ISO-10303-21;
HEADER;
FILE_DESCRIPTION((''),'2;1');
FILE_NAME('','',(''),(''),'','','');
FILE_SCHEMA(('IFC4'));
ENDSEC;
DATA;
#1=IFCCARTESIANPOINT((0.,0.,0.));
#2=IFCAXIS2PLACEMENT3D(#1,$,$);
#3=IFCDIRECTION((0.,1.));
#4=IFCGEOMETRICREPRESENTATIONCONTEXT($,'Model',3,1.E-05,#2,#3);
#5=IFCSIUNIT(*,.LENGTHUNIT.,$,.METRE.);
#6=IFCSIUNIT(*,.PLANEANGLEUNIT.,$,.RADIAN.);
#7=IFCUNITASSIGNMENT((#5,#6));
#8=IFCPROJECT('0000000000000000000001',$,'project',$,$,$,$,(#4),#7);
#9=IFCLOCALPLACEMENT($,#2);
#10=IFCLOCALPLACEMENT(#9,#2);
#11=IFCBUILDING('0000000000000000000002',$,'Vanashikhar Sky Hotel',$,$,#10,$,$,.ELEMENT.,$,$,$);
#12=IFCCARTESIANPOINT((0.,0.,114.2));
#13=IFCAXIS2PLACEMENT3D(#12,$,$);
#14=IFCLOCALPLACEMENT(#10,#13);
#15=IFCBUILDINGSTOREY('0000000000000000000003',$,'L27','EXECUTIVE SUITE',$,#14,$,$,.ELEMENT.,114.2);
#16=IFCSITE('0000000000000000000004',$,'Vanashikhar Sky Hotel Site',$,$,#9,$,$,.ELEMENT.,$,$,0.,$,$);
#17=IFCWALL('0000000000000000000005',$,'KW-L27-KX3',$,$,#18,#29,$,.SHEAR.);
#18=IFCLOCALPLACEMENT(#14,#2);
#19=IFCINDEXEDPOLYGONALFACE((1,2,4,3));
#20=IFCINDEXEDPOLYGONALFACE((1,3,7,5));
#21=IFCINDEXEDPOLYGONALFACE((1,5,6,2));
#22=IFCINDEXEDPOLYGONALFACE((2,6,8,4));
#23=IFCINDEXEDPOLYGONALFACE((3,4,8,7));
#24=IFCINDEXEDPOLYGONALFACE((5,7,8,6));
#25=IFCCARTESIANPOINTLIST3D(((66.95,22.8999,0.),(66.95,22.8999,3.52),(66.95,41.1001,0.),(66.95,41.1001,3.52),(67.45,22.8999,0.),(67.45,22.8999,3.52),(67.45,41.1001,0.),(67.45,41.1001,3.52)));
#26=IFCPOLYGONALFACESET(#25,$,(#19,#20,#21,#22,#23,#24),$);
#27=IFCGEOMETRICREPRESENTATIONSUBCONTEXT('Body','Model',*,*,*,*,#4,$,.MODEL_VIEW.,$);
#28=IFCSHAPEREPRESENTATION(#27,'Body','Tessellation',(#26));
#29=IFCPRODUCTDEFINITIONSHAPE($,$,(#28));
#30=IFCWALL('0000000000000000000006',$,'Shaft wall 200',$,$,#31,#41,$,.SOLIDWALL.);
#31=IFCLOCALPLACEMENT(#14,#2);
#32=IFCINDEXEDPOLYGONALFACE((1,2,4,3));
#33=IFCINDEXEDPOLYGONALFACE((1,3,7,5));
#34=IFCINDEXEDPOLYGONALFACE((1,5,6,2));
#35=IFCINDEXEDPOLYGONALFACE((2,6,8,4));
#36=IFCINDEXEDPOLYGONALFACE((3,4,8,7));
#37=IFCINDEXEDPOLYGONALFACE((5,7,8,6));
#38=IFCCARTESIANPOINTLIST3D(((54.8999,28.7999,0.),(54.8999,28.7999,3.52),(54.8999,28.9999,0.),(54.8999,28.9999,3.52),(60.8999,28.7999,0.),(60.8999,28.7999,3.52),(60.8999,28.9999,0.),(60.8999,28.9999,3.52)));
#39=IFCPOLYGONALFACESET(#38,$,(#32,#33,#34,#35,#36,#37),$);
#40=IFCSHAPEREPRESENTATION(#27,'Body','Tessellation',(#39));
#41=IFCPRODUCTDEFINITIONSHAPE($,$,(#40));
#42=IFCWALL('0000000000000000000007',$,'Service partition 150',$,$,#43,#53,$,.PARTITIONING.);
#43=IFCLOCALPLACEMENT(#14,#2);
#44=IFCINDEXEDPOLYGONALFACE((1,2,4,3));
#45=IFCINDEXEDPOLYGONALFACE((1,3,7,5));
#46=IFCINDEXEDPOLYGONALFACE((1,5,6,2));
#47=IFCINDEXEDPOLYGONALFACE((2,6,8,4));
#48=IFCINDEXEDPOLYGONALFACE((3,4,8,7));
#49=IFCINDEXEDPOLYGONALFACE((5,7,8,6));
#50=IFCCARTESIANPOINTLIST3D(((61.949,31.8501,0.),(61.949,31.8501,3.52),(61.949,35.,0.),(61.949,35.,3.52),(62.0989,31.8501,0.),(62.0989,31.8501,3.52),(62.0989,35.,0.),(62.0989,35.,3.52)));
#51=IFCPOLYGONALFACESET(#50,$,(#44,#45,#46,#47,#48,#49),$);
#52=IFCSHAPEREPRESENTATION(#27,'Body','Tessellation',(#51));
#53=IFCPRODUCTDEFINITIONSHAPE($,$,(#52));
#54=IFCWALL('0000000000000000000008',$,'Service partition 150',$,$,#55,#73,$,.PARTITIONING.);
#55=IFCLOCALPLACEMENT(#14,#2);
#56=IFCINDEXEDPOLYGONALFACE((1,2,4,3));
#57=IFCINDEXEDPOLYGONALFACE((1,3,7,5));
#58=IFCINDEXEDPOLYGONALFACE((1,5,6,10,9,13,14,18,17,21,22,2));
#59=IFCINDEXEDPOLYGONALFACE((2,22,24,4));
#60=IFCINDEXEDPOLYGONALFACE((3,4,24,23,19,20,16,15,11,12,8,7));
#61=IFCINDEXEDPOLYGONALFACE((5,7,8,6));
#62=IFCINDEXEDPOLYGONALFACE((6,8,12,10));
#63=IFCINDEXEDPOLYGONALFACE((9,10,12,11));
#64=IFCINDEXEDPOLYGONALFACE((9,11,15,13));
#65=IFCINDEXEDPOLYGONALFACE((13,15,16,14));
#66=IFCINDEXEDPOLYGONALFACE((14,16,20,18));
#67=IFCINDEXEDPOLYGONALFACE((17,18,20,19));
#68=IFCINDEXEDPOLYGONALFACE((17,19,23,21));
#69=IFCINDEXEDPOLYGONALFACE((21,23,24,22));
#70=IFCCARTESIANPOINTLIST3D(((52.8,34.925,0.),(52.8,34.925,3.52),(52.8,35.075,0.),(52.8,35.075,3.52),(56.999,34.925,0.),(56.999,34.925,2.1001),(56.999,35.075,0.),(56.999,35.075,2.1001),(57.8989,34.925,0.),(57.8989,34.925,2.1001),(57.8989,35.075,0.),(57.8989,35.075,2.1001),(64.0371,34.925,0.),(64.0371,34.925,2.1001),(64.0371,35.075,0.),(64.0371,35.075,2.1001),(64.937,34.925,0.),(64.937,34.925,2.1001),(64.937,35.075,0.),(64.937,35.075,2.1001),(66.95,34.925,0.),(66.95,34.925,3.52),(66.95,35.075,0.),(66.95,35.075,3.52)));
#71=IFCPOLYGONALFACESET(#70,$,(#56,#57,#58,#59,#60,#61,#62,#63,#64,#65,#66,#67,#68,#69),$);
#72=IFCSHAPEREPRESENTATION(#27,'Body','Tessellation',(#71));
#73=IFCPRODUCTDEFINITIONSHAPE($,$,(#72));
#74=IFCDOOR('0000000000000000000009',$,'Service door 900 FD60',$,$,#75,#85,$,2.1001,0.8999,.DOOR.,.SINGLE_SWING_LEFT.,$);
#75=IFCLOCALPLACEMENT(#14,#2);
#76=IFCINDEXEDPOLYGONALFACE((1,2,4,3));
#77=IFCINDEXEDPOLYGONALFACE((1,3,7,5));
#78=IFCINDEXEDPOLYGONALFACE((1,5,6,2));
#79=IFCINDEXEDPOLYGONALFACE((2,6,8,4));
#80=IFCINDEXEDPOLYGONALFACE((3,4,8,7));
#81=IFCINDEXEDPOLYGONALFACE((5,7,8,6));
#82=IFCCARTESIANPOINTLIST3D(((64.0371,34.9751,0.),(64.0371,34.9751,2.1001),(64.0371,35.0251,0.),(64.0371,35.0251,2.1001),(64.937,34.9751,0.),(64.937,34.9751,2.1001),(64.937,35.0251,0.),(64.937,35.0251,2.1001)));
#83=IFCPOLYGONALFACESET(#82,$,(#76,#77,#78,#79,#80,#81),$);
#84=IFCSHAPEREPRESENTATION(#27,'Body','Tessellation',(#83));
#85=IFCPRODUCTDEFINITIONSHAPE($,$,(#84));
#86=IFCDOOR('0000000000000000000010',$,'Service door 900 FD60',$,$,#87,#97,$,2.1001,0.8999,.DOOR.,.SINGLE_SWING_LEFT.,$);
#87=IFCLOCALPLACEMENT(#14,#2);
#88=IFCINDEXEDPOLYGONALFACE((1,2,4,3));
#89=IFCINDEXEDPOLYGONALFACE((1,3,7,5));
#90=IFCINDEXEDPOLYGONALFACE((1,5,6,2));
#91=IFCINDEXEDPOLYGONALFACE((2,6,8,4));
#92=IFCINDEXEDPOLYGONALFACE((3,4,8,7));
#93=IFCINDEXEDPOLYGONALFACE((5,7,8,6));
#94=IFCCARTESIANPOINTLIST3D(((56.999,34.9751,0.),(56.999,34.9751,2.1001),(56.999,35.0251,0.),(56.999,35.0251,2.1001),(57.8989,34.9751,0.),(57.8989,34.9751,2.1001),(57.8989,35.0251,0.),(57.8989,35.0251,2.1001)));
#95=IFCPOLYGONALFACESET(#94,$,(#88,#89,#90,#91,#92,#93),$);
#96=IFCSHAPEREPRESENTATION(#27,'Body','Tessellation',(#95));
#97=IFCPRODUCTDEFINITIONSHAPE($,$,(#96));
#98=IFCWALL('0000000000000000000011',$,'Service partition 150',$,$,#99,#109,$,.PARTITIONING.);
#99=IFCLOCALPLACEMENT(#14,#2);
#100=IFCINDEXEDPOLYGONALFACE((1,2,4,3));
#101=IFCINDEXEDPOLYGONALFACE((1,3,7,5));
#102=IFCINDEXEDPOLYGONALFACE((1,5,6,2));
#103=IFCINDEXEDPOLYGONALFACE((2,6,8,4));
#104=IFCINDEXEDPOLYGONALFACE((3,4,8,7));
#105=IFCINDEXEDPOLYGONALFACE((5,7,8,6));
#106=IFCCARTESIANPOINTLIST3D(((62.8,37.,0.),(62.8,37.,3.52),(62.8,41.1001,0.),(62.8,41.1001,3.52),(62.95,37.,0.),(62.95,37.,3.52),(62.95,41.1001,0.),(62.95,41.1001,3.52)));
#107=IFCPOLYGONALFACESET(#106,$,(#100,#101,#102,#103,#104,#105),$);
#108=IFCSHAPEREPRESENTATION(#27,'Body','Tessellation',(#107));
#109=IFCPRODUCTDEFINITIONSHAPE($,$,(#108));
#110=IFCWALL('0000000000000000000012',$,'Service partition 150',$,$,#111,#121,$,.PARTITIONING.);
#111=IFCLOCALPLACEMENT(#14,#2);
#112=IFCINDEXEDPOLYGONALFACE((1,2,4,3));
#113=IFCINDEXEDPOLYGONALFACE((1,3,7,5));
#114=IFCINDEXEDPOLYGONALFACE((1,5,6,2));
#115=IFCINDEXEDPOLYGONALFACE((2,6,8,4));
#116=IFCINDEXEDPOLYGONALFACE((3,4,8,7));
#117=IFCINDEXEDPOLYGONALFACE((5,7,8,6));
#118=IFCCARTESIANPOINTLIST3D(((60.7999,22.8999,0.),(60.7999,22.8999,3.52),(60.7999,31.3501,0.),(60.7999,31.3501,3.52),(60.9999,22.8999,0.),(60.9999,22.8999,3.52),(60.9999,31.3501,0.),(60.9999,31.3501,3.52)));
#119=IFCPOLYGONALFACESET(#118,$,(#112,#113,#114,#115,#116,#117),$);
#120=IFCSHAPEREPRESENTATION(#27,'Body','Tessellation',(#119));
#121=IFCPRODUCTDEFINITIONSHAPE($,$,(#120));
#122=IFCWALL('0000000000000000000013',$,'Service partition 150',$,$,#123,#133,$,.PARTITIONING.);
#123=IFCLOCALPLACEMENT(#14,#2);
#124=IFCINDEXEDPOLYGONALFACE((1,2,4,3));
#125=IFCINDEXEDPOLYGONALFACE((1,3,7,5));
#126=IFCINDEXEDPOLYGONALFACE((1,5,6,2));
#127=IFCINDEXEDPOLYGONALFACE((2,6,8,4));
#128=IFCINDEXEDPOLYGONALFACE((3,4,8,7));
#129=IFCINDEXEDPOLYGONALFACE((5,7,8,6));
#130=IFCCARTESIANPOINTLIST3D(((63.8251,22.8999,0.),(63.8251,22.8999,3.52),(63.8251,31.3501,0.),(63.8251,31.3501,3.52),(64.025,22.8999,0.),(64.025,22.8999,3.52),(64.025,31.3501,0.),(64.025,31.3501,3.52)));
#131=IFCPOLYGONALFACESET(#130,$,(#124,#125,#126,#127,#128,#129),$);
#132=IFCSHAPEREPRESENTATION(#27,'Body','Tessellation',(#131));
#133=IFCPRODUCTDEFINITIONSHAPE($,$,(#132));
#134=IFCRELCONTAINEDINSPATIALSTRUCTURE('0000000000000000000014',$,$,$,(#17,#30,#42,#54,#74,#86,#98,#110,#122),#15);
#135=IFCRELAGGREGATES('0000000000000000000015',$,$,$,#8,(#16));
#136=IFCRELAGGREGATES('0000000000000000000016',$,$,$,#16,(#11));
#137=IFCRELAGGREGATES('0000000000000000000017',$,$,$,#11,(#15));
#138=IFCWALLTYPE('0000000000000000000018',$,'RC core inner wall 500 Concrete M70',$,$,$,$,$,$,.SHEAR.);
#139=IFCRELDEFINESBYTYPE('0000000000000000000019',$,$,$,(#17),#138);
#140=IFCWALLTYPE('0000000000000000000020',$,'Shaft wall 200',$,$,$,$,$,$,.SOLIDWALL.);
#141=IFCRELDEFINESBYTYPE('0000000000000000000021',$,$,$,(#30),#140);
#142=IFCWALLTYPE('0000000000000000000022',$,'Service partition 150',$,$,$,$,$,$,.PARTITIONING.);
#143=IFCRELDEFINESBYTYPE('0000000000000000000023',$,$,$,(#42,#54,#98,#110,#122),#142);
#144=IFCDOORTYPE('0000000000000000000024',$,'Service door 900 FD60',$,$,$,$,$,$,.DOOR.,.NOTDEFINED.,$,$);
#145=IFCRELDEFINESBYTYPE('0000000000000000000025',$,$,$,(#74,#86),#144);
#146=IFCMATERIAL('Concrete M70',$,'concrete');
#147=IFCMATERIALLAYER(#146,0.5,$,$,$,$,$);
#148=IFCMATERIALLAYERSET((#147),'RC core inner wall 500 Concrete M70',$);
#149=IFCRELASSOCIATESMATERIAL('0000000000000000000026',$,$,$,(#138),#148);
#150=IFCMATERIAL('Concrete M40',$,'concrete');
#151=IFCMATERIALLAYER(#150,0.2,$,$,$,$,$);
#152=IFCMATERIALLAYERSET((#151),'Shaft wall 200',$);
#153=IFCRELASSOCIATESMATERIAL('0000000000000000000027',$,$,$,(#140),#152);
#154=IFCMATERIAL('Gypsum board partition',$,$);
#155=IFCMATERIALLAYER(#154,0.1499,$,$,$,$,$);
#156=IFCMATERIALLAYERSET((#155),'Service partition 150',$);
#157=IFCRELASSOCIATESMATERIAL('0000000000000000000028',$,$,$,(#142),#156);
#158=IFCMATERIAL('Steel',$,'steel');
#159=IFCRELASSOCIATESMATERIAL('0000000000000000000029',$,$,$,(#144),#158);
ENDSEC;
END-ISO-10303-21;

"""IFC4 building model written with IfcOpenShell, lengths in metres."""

from ifc_helpers import new_model, si_unit, direction, frame, frame_2d, origin, place, context, subcontext, project, spatial, rectangle, extrude, source, transform, mapped, material, layer, layer_set, type_object, element, fill, save


model = new_model("IFC4")

# Units and contexts
model_context = context("Model", 3, precision=1e-05, world=origin(), true_north=direction((0.0, 1.0)))
body_context = subcontext(model_context, "Body", "Model", "MODEL_VIEW")
ifc_project = project(units=[si_unit("LENGTHUNIT", "METRE"), si_unit("PLANEANGLEUNIT", "RADIAN")], contexts=[model_context])

# Site, building, storey
site_placement = place(None, origin())
site = spatial("IfcSite", under=ifc_project, at=site_placement, Name="Vanashikhar Sky Hotel Site", CompositionType="ELEMENT", RefElevation=0.0)
building_placement = place(site_placement, origin())
building = spatial("IfcBuilding", under=site, at=building_placement, Name="Vanashikhar Sky Hotel", CompositionType="ELEMENT")
storey_placement = place(building_placement, frame((0.0, 0.0, 114.2)))
storey = spatial("IfcBuildingStorey", under=building, at=storey_placement, Name="L27", Description="EXECUTIVE SUITE", CompositionType="ELEMENT", Elevation=114.2)

# Walls
ifc_material_1 = material(Name="Concrete M70", Category="concrete")
ifc_layer_1 = layer(ifc_material_1, 0.5)
ifc_layer_set_1 = layer_set([ifc_layer_1], Name="RC core inner wall 500 Concrete M70")
wall_type_1 = type_object("IfcWallType", Name="RC core inner wall 500 Concrete M70", PredefinedType="SHEAR", material=ifc_layer_set_1)
shared_shape_1 = source(origin(), body_context, "Body", "SweptSolid", [
    extrude(rectangle(XDim=18.2002, YDim=0.5, at=frame_2d((9.1001, 0.0))), origin(), (0.0, 0.0, 1.0), 3.52),
])
wall_1_placement = place(storey_placement, frame((67.2, 22.8999, 0.0), z_axis=(0.0, 0.0, 1.0), x_axis=(0.0, 1.0, 0.0)))
element("IfcWall", 1, at=wall_1_placement, inside=storey, type_object=wall_type_1, Name="KW-L27-KX3", PredefinedType="SHEAR", context=body_context, shape_type="MappedRepresentation", body=[
    mapped(shared_shape_1, transform((0.0, 0.0, 0.0), scale=1.0)),
])
ifc_material_2 = material(Name="Concrete M40", Category="concrete")
ifc_layer_2 = layer(ifc_material_2, 0.2)
ifc_layer_set_2 = layer_set([ifc_layer_2], Name="Shaft wall 200")
wall_type_2 = type_object("IfcWallType", Name="Shaft wall 200", PredefinedType="SOLIDWALL", material=ifc_layer_set_2)
shared_shape_2 = source(origin(), body_context, "Body", "SweptSolid", [
    extrude(rectangle(XDim=6.0, YDim=0.2, at=frame_2d((3.0, 0.0))), origin(), (0.0, 0.0, 1.0), 3.52),
])
wall_2_placement = place(storey_placement, frame((60.8999, 28.8999, 0.0), z_axis=(0.0, 0.0, 1.0), x_axis=(-1.0, 0.0, 0.0)))
element("IfcWall", 2, at=wall_2_placement, inside=storey, type_object=wall_type_2, Name="Shaft wall 200", PredefinedType="SOLIDWALL", context=body_context, shape_type="MappedRepresentation", body=[
    mapped(shared_shape_2, transform((0.0, 0.0, 0.0), scale=1.0)),
])
ifc_material_3 = material(Name="Gypsum board partition")
ifc_layer_3 = layer(ifc_material_3, 0.1499)
ifc_layer_set_3 = layer_set([ifc_layer_3], Name="Service partition 150")
wall_type_3 = type_object("IfcWallType", Name="Service partition 150", PredefinedType="PARTITIONING", material=ifc_layer_set_3)
shared_shape_3 = source(origin(), body_context, "Body", "SweptSolid", [
    extrude(rectangle(XDim=3.1499, YDim=0.1499, at=frame_2d((1.575, 0.0))), origin(), (0.0, 0.0, 1.0), 3.52),
])
wall_3_placement = place(storey_placement, frame((62.0239, 31.8501, 0.0), z_axis=(0.0, 0.0, 1.0), x_axis=(0.0, 1.0, 0.0)))
element("IfcWall", 3, at=wall_3_placement, inside=storey, type_object=wall_type_3, Name="Service partition 150", PredefinedType="PARTITIONING", context=body_context, shape_type="MappedRepresentation", body=[
    mapped(shared_shape_3, transform((0.0, 0.0, 0.0), scale=1.0)),
])

# Wall, openings, doors
shared_shape_4 = source(origin(), body_context, "Body", "SweptSolid", [
    extrude(rectangle(XDim=14.1499, YDim=0.1499, at=frame_2d((7.075, 0.0))), origin(), (0.0, 0.0, 1.0), 3.52),
])
wall_4_placement = place(storey_placement, frame((66.95, 35.0, 0.0), z_axis=(0.0, 0.0, 1.0), x_axis=(-1.0, 0.0, 0.0)))
wall_4 = element("IfcWall", 4, at=wall_4_placement, inside=storey, type_object=wall_type_3, Name="Service partition 150", PredefinedType="PARTITIONING", context=body_context, shape_type="MappedRepresentation", body=[
    mapped(shared_shape_4, transform((0.0, 0.0, 0.0), scale=1.0)),
])
shared_shape_5 = source(origin(), body_context, "Body", "SweptSolid", [
    extrude(rectangle(XDim=0.8999, YDim=2.1001, at=frame_2d((0.45, 1.05))), frame((0.0, 0.085, 0.0), z_axis=(0.0, -1.0, 0.0), x_axis=(1.0, 0.0, 0.0)), (0.0, 0.0, 1.0), 0.1699),
])
opening_1_placement = place(wall_4_placement, frame((2.0129, 0.0, 0.0)))
opening_1 = element("IfcOpeningElement", 5, at=opening_1_placement, cuts=wall_4, PredefinedType="OPENING", context=body_context, shape_type="MappedRepresentation", body=[
    mapped(shared_shape_5, transform((0.0, 0.0, 0.0), scale=1.0)),
])
opening_2_placement = place(wall_4_placement, frame((9.051, 0.0, 0.0)))
opening_2 = element("IfcOpeningElement", 6, at=opening_2_placement, cuts=wall_4, PredefinedType="OPENING", context=body_context, shape_type="MappedRepresentation", body=[
    mapped(shared_shape_5, transform((0.0, 0.0, 0.0), scale=1.0)),
])
ifc_material_4 = material(Name="Steel", Category="steel")
door_type_1 = type_object("IfcDoorType", Name="Service door 900 FD60", OperationType="NOTDEFINED", PredefinedType="DOOR", material=ifc_material_4)
shared_shape_6 = source(origin(), body_context, "Body", "SweptSolid", [
    extrude(rectangle(XDim=0.8999, YDim=2.1001, at=frame_2d((0.45, 1.05))), frame((0.0, 0.0249, 0.0), z_axis=(0.0, -1.0, 0.0), x_axis=(1.0, 0.0, 0.0)), (0.0, 0.0, 1.0), 0.05),
])
door_1_placement = place(opening_1_placement, origin())
door_1 = element("IfcDoor", 7, at=door_1_placement, inside=storey, type_object=door_type_1, Name="Service door 900 FD60", OperationType="SINGLE_SWING_LEFT", OverallHeight=2.1001, OverallWidth=0.8999, PredefinedType="DOOR", context=body_context, shape_type="MappedRepresentation", body=[
    mapped(shared_shape_6, transform((0.0, 0.0, 0.0), scale=1.0)),
])
fill(opening_1, door_1)
door_2_placement = place(opening_2_placement, origin())
door_2 = element("IfcDoor", 8, at=door_2_placement, inside=storey, type_object=door_type_1, Name="Service door 900 FD60", OperationType="SINGLE_SWING_LEFT", OverallHeight=2.1001, OverallWidth=0.8999, PredefinedType="DOOR", context=body_context, shape_type="MappedRepresentation", body=[
    mapped(shared_shape_6, transform((0.0, 0.0, 0.0), scale=1.0)),
])
fill(opening_2, door_2)

# Walls
shared_shape_7 = source(origin(), body_context, "Body", "SweptSolid", [
    extrude(rectangle(XDim=4.1001, YDim=0.1499, at=frame_2d((2.05, 0.0))), origin(), (0.0, 0.0, 1.0), 3.52),
])
wall_5_placement = place(storey_placement, frame((62.875, 37.0, 0.0), z_axis=(0.0, 0.0, 1.0), x_axis=(0.0, 1.0, 0.0)))
element("IfcWall", 9, at=wall_5_placement, inside=storey, type_object=wall_type_3, Name="Service partition 150", PredefinedType="PARTITIONING", context=body_context, shape_type="MappedRepresentation", body=[
    mapped(shared_shape_7, transform((0.0, 0.0, 0.0), scale=1.0)),
])
shared_shape_8 = source(origin(), body_context, "Body", "SweptSolid", [
    extrude(rectangle(XDim=8.4502, YDim=0.2, at=frame_2d((4.2251, 0.0))), origin(), (0.0, 0.0, 1.0), 3.52),
])
for number, where, z_axis, x_axis, name in (
    (10, (60.8999, 22.8999, 0.0), (0.0, 0.0, 1.0), (0.0, 1.0, 0.0), "Service partition 150"),
    (11, (63.925, 22.8999, 0.0), (0.0, 0.0, 1.0), (0.0, 1.0, 0.0), "Service partition 150"),
):
    element("IfcWall", number, at=place(storey_placement, frame(where, z_axis=z_axis, x_axis=x_axis)), inside=storey, type_object=wall_type_3, Name=name, PredefinedType="PARTITIONING", context=body_context, shape_type="MappedRepresentation", body=[
        mapped(shared_shape_8, transform((0.0, 0.0, 0.0), scale=1.0)),
    ])

save(model, "model.ifc")
